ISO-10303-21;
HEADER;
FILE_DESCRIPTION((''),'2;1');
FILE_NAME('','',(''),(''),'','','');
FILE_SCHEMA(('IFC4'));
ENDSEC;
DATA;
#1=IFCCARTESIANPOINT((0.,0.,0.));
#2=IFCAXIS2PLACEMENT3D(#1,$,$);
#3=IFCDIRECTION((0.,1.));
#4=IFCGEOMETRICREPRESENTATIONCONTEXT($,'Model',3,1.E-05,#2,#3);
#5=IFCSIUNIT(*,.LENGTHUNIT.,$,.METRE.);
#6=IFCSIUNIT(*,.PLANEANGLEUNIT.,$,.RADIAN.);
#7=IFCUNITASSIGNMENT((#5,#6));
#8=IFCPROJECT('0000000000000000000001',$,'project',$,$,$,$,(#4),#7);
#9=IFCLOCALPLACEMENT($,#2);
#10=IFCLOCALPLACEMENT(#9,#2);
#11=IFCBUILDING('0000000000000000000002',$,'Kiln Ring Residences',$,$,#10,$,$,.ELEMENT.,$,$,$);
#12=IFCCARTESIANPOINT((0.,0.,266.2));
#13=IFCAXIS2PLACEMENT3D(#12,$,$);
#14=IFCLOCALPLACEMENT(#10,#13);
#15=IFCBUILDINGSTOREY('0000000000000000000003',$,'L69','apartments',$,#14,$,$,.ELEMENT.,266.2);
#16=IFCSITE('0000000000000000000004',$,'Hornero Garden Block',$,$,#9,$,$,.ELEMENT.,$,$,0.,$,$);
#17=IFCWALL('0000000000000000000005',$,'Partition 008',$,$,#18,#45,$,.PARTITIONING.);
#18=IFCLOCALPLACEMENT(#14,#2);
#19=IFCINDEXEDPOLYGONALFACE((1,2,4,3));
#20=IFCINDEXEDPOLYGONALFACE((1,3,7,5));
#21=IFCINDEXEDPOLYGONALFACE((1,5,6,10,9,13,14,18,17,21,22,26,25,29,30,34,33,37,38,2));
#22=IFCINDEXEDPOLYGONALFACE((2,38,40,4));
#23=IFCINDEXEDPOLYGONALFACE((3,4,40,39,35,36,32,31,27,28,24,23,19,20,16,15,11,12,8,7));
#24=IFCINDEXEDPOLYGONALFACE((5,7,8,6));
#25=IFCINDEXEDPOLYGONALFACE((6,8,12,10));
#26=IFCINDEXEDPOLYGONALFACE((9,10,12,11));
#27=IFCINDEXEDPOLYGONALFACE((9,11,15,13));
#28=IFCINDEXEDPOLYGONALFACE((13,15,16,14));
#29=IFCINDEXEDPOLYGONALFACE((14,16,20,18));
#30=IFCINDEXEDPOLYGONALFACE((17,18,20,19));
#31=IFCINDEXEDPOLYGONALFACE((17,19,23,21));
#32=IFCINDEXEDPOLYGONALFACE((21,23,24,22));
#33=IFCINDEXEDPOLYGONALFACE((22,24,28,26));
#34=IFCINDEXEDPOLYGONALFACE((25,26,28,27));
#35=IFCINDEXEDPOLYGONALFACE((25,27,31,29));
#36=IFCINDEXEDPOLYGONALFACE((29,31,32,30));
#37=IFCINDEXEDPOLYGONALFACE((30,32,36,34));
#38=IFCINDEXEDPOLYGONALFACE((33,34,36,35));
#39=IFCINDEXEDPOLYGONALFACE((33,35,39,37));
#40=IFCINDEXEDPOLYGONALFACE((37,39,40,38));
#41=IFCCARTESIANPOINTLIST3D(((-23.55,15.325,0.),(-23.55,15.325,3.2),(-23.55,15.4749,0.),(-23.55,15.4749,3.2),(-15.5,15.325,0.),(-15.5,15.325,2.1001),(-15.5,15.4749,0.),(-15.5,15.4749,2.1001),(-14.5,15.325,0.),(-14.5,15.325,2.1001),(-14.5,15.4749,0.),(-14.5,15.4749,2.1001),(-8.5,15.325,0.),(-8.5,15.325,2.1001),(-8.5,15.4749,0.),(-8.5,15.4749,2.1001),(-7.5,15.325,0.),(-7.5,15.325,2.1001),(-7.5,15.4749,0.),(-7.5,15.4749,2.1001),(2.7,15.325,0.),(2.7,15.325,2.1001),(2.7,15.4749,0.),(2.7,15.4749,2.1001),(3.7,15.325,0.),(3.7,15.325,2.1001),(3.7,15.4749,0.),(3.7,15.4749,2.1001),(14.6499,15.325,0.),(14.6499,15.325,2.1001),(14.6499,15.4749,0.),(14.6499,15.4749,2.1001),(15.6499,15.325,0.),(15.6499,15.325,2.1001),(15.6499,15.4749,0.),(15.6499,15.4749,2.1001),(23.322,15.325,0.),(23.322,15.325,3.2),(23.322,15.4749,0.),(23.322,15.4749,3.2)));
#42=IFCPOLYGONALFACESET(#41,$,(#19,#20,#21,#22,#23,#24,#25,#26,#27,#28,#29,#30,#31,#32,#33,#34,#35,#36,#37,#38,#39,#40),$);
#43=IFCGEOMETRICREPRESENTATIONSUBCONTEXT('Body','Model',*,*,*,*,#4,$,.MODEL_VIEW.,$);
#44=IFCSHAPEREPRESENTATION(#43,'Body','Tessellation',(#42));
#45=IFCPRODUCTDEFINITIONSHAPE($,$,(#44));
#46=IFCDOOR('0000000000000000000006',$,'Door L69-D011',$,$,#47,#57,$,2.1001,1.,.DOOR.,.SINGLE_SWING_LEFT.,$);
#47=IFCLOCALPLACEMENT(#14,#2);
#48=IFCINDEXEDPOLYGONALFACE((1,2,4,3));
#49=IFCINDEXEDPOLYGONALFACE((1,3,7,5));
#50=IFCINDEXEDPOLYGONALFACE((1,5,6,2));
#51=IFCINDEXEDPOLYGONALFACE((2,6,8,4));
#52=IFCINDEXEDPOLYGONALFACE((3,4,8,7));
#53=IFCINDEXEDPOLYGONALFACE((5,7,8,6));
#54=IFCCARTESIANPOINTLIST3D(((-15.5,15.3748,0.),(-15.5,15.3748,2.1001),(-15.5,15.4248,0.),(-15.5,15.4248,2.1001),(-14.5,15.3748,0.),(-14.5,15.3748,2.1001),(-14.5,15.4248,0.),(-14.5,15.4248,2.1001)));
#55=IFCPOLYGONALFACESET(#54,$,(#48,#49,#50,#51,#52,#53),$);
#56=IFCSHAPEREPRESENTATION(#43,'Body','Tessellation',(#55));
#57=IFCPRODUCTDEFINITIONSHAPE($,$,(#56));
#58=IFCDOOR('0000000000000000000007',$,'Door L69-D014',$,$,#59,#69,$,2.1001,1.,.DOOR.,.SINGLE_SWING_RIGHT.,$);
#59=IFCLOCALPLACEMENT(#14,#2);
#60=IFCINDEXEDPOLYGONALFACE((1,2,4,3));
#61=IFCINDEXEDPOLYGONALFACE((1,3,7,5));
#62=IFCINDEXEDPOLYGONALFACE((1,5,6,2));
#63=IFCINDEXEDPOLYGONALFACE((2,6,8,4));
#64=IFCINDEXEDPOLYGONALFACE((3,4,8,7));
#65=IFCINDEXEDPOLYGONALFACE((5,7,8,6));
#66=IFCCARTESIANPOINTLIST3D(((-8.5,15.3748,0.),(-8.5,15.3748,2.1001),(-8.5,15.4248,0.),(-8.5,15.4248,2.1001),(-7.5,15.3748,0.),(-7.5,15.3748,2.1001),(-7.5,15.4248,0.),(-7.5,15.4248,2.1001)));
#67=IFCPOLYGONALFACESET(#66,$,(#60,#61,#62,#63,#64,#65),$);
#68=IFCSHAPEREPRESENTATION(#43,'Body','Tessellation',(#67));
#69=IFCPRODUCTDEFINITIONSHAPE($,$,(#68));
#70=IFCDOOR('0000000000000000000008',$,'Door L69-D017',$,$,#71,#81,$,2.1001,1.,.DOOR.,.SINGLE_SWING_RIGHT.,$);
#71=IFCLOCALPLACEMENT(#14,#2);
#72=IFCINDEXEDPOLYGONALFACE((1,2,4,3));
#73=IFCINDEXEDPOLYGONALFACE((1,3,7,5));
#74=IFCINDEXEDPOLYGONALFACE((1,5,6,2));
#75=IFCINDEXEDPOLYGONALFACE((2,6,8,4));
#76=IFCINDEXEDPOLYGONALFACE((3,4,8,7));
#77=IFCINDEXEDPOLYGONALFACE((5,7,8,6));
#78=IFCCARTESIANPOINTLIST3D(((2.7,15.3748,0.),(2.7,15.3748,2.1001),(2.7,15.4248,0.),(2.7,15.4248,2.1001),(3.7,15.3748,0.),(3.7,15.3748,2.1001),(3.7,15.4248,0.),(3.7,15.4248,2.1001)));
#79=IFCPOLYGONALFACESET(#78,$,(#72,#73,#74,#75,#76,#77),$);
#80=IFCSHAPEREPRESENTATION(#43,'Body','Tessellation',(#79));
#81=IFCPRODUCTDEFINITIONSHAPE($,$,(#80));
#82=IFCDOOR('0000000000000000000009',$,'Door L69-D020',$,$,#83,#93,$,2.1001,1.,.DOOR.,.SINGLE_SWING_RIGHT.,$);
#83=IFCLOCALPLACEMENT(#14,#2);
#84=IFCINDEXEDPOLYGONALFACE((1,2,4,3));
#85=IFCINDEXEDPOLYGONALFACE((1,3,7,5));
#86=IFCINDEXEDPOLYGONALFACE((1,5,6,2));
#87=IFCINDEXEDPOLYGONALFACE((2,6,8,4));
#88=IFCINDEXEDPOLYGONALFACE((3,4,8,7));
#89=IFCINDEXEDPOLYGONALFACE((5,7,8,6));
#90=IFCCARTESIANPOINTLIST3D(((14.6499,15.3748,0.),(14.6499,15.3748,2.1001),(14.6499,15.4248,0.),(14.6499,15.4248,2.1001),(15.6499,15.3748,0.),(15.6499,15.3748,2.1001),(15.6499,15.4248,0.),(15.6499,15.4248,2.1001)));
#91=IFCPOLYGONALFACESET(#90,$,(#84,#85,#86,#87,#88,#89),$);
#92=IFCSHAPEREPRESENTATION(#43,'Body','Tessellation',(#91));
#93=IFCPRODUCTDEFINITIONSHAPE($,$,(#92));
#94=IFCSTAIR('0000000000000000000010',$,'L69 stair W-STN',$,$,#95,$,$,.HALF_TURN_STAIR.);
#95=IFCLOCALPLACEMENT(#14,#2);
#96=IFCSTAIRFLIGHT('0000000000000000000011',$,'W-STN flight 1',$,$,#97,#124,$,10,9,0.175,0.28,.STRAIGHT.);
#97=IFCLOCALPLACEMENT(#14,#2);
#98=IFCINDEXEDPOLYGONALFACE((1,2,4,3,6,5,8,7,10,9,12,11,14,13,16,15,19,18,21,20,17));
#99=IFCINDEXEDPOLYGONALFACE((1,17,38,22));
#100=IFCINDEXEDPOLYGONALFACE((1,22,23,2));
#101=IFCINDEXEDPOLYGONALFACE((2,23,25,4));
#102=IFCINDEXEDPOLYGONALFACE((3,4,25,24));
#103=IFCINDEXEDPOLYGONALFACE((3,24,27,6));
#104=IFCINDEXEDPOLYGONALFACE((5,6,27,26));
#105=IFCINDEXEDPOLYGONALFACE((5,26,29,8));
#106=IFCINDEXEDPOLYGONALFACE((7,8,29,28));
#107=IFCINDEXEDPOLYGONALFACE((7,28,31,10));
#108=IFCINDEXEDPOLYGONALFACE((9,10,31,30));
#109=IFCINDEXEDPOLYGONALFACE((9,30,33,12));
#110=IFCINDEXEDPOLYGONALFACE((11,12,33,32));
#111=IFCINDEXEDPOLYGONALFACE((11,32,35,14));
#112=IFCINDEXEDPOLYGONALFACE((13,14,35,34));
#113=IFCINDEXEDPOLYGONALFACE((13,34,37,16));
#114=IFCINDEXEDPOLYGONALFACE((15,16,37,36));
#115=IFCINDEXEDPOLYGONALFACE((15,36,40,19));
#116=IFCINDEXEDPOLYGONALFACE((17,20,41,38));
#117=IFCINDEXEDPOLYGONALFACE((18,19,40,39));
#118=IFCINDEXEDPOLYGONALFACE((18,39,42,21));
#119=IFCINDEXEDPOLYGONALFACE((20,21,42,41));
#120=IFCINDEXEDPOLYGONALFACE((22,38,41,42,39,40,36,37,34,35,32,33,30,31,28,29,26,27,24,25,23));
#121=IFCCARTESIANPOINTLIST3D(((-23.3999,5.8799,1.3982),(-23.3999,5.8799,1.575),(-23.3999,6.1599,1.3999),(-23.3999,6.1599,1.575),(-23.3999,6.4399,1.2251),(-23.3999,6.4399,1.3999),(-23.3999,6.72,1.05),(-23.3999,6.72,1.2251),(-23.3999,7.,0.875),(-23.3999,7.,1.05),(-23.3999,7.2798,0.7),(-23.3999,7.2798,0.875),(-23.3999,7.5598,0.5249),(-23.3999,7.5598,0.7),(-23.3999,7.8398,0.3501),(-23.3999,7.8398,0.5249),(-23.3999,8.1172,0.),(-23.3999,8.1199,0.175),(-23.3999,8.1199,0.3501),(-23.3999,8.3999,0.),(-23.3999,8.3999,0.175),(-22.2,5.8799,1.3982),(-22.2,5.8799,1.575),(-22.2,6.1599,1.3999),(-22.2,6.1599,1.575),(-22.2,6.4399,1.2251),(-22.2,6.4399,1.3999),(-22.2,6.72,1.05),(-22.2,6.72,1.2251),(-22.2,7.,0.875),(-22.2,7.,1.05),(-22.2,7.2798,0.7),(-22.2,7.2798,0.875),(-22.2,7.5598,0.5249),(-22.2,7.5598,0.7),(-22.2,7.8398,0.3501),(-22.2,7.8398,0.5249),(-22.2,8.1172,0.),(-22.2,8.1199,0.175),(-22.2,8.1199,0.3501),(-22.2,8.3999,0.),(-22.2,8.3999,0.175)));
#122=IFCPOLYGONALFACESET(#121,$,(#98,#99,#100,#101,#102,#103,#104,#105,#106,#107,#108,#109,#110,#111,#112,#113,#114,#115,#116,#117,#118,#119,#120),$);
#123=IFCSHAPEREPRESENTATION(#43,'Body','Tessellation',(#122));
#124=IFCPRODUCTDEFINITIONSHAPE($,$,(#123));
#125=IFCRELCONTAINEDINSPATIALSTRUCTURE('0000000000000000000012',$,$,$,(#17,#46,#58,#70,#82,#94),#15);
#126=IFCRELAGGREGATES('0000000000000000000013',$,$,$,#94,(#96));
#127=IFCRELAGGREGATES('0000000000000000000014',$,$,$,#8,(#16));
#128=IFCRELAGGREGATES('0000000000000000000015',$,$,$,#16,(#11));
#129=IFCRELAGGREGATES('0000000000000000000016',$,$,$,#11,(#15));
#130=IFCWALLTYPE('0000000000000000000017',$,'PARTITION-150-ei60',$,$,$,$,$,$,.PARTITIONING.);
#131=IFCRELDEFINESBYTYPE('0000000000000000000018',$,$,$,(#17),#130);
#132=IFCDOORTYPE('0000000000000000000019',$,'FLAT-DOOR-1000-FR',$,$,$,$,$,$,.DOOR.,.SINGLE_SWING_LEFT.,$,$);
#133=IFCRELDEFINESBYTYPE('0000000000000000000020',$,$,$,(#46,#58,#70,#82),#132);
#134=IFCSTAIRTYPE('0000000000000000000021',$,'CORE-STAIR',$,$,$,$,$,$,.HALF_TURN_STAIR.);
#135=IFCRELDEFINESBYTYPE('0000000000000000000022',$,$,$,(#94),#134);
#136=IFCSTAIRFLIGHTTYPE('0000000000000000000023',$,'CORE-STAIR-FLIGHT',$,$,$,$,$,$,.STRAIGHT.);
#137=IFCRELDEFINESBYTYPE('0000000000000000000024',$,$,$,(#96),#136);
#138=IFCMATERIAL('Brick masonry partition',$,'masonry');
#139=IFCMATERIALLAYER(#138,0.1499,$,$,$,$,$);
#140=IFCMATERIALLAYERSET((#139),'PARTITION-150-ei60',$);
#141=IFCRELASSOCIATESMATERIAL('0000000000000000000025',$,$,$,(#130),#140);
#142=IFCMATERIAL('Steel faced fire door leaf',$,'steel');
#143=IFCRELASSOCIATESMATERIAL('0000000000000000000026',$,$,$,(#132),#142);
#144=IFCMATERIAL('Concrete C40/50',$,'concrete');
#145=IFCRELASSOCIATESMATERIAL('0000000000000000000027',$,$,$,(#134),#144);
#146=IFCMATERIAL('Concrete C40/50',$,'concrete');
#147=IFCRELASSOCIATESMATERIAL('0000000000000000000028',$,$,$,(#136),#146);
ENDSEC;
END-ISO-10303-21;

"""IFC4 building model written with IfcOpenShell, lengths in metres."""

from ifc_helpers import new_model, si_unit, direction, frame, frame_2d, origin, place, context, subcontext, project, spatial, polyline, rectangle, outline, extrude, material, layer, layer_set, type_object, element, fill, aggregate, save


model = new_model("IFC4")

# Units and contexts
model_context = context("Model", 3, precision=1e-05, world=origin(), true_north=direction((0.0, 1.0)))
body_context = subcontext(model_context, "Body", "Model", "MODEL_VIEW")
ifc_project = project(units=[si_unit("LENGTHUNIT", "METRE"), si_unit("PLANEANGLEUNIT", "RADIAN")], contexts=[model_context])

# Site, building, storey
site_placement = place(None, origin())
site = spatial("IfcSite", under=ifc_project, at=site_placement, Name="Hornero Garden Block", CompositionType="ELEMENT", RefElevation=0.0)
building_placement = place(site_placement, origin())
building = spatial("IfcBuilding", under=site, at=building_placement, Name="Kiln Ring Residences", CompositionType="ELEMENT")
storey_placement = place(building_placement, frame((0.0, 0.0, 266.2)))
storey = spatial("IfcBuildingStorey", under=building, at=storey_placement, Name="L69", Description="apartments", CompositionType="ELEMENT", Elevation=266.2)

# Shared definitions
ifc_material_1 = material(Name="Brick masonry partition", Category="masonry")
ifc_layer_1 = layer(ifc_material_1, 0.1499)
ifc_layer_set_1 = layer_set([ifc_layer_1], Name="PARTITION-150-ei60")
wall_type_1 = type_object("IfcWallType", Name="PARTITION-150-ei60", PredefinedType="PARTITIONING", material=ifc_layer_set_1)
ifc_material_2 = material(Name="Steel faced fire door leaf", Category="steel")
door_type_1 = type_object("IfcDoorType", Name="FLAT-DOOR-1000-FR", OperationType="SINGLE_SWING_LEFT", PredefinedType="DOOR", material=ifc_material_2)

# Wall, openings, doors
wall_1_placement = place(storey_placement, frame((-23.55, 15.3999, 0.0), z_axis=(0.0, 0.0, 1.0), x_axis=(1.0, 0.0, 0.0)))
wall_1 = element("IfcWall", 1, at=wall_1_placement, inside=storey, type_object=wall_type_1, Name="Partition 008", PredefinedType="PARTITIONING", context=body_context, shape_type="SweptSolid", body=[
    extrude(rectangle(XDim=46.8721, YDim=0.1499, at=frame_2d((23.436, 0.0))), origin(), (0.0, 0.0, 1.0), 3.2),
])
opening_1_placement = place(wall_1_placement, frame((8.05, 0.0, 0.0)))
opening_1 = element("IfcOpeningElement", 2, at=opening_1_placement, cuts=wall_1, PredefinedType="OPENING", context=body_context, shape_type="SweptSolid", body=[
    extrude(rectangle(XDim=1.0, YDim=2.1001, at=frame_2d((0.5, 1.05))), frame((0.0, 0.085, 0.0), z_axis=(0.0, -1.0, 0.0), x_axis=(1.0, 0.0, 0.0)), (0.0, 0.0, 1.0), 0.1699),
])
opening_2_placement = place(wall_1_placement, frame((15.05, 0.0, 0.0)))
opening_2 = element("IfcOpeningElement", 3, at=opening_2_placement, cuts=wall_1, PredefinedType="OPENING", context=body_context, shape_type="SweptSolid", body=[
    extrude(rectangle(XDim=1.0, YDim=2.1001, at=frame_2d((0.5, 1.05))), frame((0.0, 0.085, 0.0), z_axis=(0.0, -1.0, 0.0), x_axis=(1.0, 0.0, 0.0)), (0.0, 0.0, 1.0), 0.1699),
])
opening_3_placement = place(wall_1_placement, frame((26.25, 0.0, 0.0)))
opening_3 = element("IfcOpeningElement", 4, at=opening_3_placement, cuts=wall_1, PredefinedType="OPENING", context=body_context, shape_type="SweptSolid", body=[
    extrude(rectangle(XDim=1.0, YDim=2.1001, at=frame_2d((0.5, 1.05))), frame((0.0, 0.085, 0.0), z_axis=(0.0, -1.0, 0.0), x_axis=(1.0, 0.0, 0.0)), (0.0, 0.0, 1.0), 0.1699),
])
opening_4_placement = place(wall_1_placement, frame((38.2, 0.0, 0.0)))
opening_4 = element("IfcOpeningElement", 5, at=opening_4_placement, cuts=wall_1, PredefinedType="OPENING", context=body_context, shape_type="SweptSolid", body=[
    extrude(rectangle(XDim=1.0, YDim=2.1001, at=frame_2d((0.5, 1.05))), frame((0.0, 0.085, 0.0), z_axis=(0.0, -1.0, 0.0), x_axis=(1.0, 0.0, 0.0)), (0.0, 0.0, 1.0), 0.1699),
])
door_1_placement = place(opening_1_placement, origin())
door_1 = element("IfcDoor", 6, at=door_1_placement, inside=storey, type_object=door_type_1, Name="Door L69-D011", OperationType="SINGLE_SWING_LEFT", OverallHeight=2.1001, OverallWidth=1.0, PredefinedType="DOOR", context=body_context, shape_type="SweptSolid", body=[
    extrude(rectangle(XDim=1.0, YDim=2.1001, at=frame_2d((0.5, 1.05))), frame((0.0, 0.0249, 0.0), z_axis=(0.0, -1.0, 0.0), x_axis=(1.0, 0.0, 0.0)), (0.0, 0.0, 1.0), 0.05),
])
fill(opening_1, door_1)
door_2_placement = place(opening_2_placement, origin())
door_2 = element("IfcDoor", 7, at=door_2_placement, inside=storey, type_object=door_type_1, Name="Door L69-D014", OperationType="SINGLE_SWING_RIGHT", OverallHeight=2.1001, OverallWidth=1.0, PredefinedType="DOOR", context=body_context, shape_type="SweptSolid", body=[
    extrude(rectangle(XDim=1.0, YDim=2.1001, at=frame_2d((0.5, 1.05))), frame((0.0, 0.0249, 0.0), z_axis=(0.0, -1.0, 0.0), x_axis=(1.0, 0.0, 0.0)), (0.0, 0.0, 1.0), 0.05),
])
fill(opening_2, door_2)
door_3_placement = place(opening_3_placement, origin())
door_3 = element("IfcDoor", 8, at=door_3_placement, inside=storey, type_object=door_type_1, Name="Door L69-D017", OperationType="SINGLE_SWING_RIGHT", OverallHeight=2.1001, OverallWidth=1.0, PredefinedType="DOOR", context=body_context, shape_type="SweptSolid", body=[
    extrude(rectangle(XDim=1.0, YDim=2.1001, at=frame_2d((0.5, 1.05))), frame((0.0, 0.0249, 0.0), z_axis=(0.0, -1.0, 0.0), x_axis=(1.0, 0.0, 0.0)), (0.0, 0.0, 1.0), 0.05),
])
fill(opening_3, door_3)
door_4_placement = place(opening_4_placement, origin())
door_4 = element("IfcDoor", 9, at=door_4_placement, inside=storey, type_object=door_type_1, Name="Door L69-D020", OperationType="SINGLE_SWING_RIGHT", OverallHeight=2.1001, OverallWidth=1.0, PredefinedType="DOOR", context=body_context, shape_type="SweptSolid", body=[
    extrude(rectangle(XDim=1.0, YDim=2.1001, at=frame_2d((0.5, 1.05))), frame((0.0, 0.0249, 0.0), z_axis=(0.0, -1.0, 0.0), x_axis=(1.0, 0.0, 0.0)), (0.0, 0.0, 1.0), 0.05),
])
fill(opening_4, door_4)

# Stair, stair flight
ifc_material_3 = material(Name="Concrete C40/50", Category="concrete")
stair_type = type_object("IfcStairType", Name="CORE-STAIR", PredefinedType="HALF_TURN_STAIR", material=ifc_material_3)
stair_placement = place(storey_placement, origin())
stair = element("IfcStair", 10, at=stair_placement, inside=storey, type_object=stair_type, Name="L69 stair W-STN", PredefinedType="HALF_TURN_STAIR")
ifc_material_4 = material(Name="Concrete C40/50", Category="concrete")
stair_flight_type = type_object("IfcStairFlightType", Name="CORE-STAIR-FLIGHT", PredefinedType="STRAIGHT", material=ifc_material_4)
stair_flight_placement = place(storey_placement, frame((-22.8, 8.3999, 0.0), z_axis=(0.0, 0.0, 1.0), x_axis=(0.0, -1.0, 0.0)))
stair_flight = element("IfcStairFlight", 11, at=stair_flight_placement, type_object=stair_flight_type, Name="W-STN flight 1", NumberOfRisers=10, NumberOfTreads=9, PredefinedType="STRAIGHT", RiserHeight=0.175, TreadLength=0.28, context=body_context, shape_type="SweptSolid", body=[
    extrude(outline(polyline([(0.0, 0.0), (0.0, 0.175), (0.28, 0.175), (0.28, 0.3501), (0.5601, 0.3501), (0.5601, 0.5249), (0.8401, 0.5249), (0.8401, 0.7), (1.1201, 0.7), (1.1201, 0.875), (1.3999, 0.875), (1.3999, 1.05), (1.6799, 1.05), (1.6799, 1.2251), (1.96, 1.2251), (1.96, 1.3999), (2.24, 1.3999), (2.24, 1.575), (2.52, 1.575), (2.52, 1.75), (2.52, 1.3982), (0.2827, 0.0), (0.0, 0.0)])), frame((0.0, 0.6001, 0.0), z_axis=(0.0, -1.0, 0.0), x_axis=(1.0, 0.0, 0.0)), (0.0, 0.0, 1.0), 1.2),
])
aggregate(stair, [stair_flight])

save(model, "model.ifc")
